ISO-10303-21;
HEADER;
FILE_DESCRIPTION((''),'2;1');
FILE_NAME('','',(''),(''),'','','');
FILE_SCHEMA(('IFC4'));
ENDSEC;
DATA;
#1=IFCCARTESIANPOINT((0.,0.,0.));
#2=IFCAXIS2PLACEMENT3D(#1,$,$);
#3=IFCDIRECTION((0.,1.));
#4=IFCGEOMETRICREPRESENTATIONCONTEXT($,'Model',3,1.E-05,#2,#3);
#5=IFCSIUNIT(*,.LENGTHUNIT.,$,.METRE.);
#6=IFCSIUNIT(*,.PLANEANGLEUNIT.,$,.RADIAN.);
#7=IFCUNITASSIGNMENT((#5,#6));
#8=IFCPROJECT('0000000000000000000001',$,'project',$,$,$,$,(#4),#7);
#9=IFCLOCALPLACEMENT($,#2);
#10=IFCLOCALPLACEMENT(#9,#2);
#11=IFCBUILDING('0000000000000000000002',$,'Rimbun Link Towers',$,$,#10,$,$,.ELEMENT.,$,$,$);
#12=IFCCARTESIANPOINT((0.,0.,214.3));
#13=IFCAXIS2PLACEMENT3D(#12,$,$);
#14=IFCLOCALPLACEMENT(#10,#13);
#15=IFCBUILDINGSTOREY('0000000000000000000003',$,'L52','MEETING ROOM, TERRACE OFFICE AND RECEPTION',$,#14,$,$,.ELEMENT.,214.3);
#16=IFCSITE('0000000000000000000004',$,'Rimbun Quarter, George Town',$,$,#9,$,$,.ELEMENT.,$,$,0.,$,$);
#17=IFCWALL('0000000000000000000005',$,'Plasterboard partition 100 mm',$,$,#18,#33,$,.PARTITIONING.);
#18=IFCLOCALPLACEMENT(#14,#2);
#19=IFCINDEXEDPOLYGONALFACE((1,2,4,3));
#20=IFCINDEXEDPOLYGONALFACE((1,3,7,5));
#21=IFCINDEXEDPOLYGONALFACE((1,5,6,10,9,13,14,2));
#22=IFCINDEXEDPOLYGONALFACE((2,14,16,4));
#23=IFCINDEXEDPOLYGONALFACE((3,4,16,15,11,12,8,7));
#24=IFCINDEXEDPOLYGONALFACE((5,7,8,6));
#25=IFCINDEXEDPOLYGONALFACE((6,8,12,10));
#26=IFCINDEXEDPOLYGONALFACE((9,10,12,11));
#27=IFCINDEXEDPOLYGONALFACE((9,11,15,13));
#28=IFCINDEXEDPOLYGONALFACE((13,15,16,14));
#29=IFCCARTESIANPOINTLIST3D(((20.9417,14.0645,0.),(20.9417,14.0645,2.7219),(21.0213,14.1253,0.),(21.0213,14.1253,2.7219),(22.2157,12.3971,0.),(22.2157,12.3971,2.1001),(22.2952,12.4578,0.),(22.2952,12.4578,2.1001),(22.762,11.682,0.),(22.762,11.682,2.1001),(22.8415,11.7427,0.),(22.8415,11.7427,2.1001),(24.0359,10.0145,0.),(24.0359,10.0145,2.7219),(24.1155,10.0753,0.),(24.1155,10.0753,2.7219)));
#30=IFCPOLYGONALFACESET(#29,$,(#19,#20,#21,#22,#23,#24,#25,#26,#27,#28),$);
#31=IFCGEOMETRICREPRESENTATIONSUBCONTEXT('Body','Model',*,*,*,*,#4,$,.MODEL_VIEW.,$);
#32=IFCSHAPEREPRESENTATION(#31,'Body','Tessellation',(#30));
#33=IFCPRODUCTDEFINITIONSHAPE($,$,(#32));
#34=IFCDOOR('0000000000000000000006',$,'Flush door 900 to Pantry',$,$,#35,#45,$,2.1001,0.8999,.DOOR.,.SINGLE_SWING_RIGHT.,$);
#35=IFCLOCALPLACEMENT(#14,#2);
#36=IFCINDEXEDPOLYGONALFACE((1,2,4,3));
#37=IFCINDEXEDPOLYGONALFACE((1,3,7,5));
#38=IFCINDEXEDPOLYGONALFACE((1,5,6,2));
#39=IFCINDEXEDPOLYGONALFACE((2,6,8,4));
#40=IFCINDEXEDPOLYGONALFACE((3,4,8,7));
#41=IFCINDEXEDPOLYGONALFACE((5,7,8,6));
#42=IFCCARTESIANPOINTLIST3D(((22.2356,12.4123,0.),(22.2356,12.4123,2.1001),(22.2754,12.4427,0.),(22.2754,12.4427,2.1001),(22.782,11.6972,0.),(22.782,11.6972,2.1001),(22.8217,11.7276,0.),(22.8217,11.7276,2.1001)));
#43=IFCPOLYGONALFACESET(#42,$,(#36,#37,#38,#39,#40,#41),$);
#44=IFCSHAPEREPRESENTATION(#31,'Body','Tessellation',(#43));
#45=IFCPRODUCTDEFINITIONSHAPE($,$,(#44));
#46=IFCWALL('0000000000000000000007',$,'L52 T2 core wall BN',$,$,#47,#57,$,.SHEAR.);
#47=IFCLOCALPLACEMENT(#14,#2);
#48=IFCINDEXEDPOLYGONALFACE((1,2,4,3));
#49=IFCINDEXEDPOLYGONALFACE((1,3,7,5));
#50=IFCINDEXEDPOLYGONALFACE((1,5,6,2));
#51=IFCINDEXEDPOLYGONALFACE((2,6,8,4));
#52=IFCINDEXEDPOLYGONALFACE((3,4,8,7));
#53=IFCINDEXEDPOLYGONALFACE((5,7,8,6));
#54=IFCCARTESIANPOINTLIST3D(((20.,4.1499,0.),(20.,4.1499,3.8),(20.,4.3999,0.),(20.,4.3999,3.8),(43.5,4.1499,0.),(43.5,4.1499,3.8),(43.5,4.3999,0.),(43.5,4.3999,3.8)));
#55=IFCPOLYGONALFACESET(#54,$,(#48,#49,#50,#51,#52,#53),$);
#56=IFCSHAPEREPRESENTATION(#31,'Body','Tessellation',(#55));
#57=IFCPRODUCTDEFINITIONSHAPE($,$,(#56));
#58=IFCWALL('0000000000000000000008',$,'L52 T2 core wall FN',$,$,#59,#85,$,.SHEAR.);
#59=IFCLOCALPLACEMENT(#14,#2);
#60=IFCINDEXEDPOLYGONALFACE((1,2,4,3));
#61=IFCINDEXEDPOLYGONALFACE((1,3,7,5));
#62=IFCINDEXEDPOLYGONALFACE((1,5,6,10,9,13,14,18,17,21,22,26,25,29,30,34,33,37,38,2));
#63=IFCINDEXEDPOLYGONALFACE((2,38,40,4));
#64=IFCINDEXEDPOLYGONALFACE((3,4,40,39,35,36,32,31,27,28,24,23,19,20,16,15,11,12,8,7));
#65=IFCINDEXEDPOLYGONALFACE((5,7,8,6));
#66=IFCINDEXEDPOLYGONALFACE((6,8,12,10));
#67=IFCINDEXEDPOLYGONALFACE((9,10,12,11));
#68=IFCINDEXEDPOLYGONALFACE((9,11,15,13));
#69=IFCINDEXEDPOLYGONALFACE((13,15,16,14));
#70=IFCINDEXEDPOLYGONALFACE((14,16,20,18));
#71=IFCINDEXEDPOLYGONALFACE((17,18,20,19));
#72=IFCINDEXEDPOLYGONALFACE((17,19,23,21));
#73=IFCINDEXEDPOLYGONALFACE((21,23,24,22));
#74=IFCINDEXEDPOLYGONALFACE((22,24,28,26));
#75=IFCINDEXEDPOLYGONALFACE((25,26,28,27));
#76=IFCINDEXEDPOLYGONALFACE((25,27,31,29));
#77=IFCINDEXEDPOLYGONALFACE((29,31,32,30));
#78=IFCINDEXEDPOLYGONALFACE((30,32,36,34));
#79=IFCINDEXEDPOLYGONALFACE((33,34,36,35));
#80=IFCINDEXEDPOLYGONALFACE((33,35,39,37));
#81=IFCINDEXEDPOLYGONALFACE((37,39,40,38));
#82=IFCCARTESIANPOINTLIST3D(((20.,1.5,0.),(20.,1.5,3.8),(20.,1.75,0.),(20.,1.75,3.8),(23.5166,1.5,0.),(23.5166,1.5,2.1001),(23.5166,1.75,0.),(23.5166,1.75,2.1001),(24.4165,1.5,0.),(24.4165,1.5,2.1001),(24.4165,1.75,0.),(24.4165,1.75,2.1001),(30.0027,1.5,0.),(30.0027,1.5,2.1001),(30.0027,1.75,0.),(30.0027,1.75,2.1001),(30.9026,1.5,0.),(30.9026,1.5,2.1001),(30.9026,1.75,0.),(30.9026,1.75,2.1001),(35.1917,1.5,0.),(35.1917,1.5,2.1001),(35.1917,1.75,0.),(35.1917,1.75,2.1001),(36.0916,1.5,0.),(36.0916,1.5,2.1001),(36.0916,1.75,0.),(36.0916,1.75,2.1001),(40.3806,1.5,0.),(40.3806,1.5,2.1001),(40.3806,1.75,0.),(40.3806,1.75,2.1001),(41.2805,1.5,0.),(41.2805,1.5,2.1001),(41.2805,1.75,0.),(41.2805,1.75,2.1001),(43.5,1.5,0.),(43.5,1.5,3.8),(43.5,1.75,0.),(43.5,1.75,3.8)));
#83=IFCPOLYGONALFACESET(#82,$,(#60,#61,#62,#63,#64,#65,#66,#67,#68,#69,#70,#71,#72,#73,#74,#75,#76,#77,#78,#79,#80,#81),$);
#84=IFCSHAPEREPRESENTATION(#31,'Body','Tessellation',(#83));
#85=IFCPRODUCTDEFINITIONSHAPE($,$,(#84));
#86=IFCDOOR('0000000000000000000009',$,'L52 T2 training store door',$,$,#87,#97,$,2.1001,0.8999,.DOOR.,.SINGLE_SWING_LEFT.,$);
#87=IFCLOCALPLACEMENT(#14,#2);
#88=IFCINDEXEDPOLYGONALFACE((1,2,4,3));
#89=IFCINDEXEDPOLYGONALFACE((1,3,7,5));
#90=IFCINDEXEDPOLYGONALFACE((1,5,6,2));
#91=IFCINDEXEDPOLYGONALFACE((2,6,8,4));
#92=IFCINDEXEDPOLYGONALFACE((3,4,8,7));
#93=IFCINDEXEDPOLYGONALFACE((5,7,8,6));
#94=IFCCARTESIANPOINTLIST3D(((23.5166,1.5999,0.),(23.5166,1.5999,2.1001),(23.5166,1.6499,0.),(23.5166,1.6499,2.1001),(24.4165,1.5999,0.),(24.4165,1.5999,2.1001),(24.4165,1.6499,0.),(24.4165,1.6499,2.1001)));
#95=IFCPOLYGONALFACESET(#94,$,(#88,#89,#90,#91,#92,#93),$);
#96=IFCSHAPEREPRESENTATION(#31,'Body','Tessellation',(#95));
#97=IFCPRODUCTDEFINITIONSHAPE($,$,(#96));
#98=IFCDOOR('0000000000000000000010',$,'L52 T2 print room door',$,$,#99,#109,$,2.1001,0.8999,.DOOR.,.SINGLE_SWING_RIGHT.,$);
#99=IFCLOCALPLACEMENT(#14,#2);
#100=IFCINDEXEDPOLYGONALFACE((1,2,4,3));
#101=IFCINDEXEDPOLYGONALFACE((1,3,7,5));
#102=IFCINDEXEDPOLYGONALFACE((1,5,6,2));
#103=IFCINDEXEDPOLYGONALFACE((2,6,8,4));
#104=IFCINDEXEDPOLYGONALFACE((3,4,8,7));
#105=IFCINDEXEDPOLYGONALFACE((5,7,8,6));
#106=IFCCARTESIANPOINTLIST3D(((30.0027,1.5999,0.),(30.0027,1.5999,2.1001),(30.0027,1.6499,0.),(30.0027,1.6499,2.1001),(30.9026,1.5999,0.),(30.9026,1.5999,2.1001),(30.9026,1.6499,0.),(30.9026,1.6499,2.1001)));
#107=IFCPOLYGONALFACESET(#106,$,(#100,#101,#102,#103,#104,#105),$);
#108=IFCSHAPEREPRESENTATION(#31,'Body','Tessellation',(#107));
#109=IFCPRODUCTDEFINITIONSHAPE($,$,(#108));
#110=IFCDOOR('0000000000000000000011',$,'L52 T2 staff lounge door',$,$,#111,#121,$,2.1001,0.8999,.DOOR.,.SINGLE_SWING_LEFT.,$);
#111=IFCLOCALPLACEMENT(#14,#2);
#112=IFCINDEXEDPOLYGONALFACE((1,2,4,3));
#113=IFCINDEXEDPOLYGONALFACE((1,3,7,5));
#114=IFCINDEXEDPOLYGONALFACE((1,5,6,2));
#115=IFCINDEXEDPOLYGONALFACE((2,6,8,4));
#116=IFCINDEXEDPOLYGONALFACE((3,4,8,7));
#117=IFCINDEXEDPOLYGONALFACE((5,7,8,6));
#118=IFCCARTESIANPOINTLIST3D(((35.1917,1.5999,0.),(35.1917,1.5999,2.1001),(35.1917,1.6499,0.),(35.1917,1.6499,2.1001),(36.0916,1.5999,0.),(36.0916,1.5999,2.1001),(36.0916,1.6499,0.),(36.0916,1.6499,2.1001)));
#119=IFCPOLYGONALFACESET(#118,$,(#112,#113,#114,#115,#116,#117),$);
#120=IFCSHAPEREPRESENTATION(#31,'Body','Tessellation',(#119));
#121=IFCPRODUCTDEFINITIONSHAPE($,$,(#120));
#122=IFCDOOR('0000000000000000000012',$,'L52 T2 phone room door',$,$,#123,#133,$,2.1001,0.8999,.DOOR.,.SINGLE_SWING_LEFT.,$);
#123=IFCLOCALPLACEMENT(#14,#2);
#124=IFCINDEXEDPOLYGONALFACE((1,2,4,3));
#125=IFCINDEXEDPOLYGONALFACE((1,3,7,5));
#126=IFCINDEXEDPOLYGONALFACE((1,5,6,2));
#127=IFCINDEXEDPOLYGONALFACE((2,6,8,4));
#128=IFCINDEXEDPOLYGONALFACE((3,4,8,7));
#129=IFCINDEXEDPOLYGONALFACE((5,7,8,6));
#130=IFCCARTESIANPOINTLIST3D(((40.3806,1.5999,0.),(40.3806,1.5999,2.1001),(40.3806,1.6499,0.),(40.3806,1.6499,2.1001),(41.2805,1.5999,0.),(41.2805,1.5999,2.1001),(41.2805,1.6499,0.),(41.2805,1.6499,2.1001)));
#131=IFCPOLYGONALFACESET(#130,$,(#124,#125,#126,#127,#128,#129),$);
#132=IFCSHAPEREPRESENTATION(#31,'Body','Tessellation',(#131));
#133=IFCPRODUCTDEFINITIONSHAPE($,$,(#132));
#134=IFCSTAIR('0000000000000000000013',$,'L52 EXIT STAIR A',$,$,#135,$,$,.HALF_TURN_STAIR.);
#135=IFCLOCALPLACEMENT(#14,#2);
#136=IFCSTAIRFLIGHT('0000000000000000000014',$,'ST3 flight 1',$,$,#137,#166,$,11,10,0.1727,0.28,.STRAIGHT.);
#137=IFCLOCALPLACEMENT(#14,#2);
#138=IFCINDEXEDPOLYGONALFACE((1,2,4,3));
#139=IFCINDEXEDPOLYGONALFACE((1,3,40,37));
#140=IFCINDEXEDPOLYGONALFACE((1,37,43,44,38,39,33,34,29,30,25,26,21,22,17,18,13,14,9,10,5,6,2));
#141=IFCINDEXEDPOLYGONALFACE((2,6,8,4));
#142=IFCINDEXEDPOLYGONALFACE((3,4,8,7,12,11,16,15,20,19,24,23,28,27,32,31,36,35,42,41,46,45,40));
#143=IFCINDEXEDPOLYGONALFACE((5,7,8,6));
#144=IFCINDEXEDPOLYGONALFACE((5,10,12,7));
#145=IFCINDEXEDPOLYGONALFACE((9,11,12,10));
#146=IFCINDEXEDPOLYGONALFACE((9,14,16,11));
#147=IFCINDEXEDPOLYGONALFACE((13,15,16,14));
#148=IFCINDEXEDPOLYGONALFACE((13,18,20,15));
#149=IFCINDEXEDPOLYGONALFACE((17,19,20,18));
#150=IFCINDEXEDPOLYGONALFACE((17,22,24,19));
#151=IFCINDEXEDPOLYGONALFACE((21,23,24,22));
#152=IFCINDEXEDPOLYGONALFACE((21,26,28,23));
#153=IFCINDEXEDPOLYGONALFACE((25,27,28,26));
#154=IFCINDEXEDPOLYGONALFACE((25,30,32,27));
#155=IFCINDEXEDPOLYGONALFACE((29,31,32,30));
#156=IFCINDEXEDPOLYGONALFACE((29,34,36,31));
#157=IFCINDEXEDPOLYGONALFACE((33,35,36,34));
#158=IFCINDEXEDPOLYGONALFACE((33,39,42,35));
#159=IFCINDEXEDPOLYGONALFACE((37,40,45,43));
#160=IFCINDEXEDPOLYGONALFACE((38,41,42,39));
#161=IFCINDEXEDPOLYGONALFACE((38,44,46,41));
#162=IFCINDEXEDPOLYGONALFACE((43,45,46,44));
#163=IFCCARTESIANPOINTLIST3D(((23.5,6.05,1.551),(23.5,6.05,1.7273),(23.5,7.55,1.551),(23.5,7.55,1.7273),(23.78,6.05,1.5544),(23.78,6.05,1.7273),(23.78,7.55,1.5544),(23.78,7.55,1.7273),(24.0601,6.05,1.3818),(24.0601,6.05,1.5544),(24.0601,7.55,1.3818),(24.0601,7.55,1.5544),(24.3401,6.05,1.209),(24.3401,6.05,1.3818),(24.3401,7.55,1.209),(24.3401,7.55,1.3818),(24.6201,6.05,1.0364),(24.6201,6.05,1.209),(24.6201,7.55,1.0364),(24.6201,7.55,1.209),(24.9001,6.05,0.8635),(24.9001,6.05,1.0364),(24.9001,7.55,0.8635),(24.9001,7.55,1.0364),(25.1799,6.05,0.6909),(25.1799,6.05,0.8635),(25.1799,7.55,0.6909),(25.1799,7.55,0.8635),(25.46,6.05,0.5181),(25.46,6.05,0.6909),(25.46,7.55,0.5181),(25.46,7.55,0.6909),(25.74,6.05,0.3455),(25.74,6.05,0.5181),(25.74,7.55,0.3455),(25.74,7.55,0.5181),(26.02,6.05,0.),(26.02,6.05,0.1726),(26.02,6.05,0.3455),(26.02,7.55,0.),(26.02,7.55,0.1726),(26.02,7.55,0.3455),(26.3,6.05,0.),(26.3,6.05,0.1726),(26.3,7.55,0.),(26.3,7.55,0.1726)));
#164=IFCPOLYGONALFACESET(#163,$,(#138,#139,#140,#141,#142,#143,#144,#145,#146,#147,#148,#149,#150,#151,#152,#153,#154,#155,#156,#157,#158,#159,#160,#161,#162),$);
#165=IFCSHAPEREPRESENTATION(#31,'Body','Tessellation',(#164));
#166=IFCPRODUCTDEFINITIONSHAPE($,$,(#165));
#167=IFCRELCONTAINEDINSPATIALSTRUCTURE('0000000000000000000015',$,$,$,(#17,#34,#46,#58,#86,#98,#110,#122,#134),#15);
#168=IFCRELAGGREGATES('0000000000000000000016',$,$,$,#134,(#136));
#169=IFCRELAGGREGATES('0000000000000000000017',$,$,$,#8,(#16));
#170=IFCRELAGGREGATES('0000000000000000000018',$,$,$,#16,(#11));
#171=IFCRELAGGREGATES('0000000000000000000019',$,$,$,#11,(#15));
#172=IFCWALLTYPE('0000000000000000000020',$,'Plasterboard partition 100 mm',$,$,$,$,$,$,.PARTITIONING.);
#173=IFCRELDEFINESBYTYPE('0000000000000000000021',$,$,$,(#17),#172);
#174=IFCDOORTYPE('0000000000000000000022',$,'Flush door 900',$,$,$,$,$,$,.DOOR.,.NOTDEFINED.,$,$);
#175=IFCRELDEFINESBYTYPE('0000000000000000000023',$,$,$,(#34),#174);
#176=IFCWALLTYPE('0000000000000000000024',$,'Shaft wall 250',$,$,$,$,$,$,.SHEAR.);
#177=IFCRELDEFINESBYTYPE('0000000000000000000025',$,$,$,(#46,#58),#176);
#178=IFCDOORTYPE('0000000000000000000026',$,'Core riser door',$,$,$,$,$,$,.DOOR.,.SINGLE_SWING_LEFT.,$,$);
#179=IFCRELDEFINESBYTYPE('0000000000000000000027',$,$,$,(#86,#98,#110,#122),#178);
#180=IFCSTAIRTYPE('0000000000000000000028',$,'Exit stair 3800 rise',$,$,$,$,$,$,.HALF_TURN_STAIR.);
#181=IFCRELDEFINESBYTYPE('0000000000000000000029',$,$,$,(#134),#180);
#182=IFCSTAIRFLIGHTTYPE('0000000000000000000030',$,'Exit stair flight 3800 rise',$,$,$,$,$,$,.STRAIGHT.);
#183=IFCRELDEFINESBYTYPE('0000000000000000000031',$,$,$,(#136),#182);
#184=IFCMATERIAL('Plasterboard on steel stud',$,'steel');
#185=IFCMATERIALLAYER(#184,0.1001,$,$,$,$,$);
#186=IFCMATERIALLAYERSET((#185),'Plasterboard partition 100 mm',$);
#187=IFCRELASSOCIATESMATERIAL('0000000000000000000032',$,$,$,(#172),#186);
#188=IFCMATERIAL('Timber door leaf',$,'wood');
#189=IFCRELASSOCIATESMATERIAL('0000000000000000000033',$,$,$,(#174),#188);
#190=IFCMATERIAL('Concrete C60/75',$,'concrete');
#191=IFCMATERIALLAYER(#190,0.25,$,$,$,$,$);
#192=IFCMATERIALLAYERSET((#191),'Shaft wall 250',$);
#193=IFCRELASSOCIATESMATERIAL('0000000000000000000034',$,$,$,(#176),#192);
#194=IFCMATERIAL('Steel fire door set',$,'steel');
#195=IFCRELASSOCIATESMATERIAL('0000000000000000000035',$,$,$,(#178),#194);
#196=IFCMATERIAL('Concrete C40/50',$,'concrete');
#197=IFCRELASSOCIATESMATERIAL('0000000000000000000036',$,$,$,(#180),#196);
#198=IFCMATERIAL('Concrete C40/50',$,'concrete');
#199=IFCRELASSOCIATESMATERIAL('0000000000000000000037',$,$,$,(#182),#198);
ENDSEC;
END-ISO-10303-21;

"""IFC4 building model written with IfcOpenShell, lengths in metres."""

from ifc_helpers import new_model, si_unit, direction, frame, frame_2d, origin, place, context, subcontext, project, spatial, polyline, rectangle, outline, extrude, material, layer, layer_set, type_object, element, fill, aggregate, save


model = new_model("IFC4")

# Units and contexts
model_context = context("Model", 3, precision=1e-05, world=origin(), true_north=direction((0.0, 1.0)))
body_context = subcontext(model_context, "Body", "Model", "MODEL_VIEW")
ifc_project = project(units=[si_unit("LENGTHUNIT", "METRE"), si_unit("PLANEANGLEUNIT", "RADIAN")], contexts=[model_context])

# Site, building, storey
site_placement = place(None, origin())
site = spatial("IfcSite", under=ifc_project, at=site_placement, Name="Rimbun Quarter, George Town", CompositionType="ELEMENT", RefElevation=0.0)
building_placement = place(site_placement, origin())
building = spatial("IfcBuilding", under=site, at=building_placement, Name="Rimbun Link Towers", CompositionType="ELEMENT")
storey_placement = place(building_placement, frame((0.0, 0.0, 214.3)))
storey = spatial("IfcBuildingStorey", under=building, at=storey_placement, Name="L52", Description="MEETING ROOM, TERRACE OFFICE AND RECEPTION", CompositionType="ELEMENT", Elevation=214.3)

# Wall, opening, door
ifc_material_1 = material(Name="Plasterboard on steel stud", Category="steel")
ifc_layer_1 = layer(ifc_material_1, 0.1001)
ifc_layer_set_1 = layer_set([ifc_layer_1], Name="Plasterboard partition 100 mm")
wall_type_1 = type_object("IfcWallType", Name="Plasterboard partition 100 mm", PredefinedType="PARTITIONING", material=ifc_layer_set_1)
wall_1_placement = place(storey_placement, frame((24.0757, 10.0449, 0.0), z_axis=(0.0, 0.0, 1.0), x_axis=(-0.607096, 0.794628, 0.0)))
wall_1 = element("IfcWall", 1, at=wall_1_placement, inside=storey, type_object=wall_type_1, Name="Plasterboard partition 100 mm", PredefinedType="PARTITIONING", context=body_context, shape_type="SweptSolid", body=[
    extrude(rectangle(XDim=5.0967, YDim=0.1001, at=frame_2d((2.5483, 0.0))), origin(), (0.0, 0.0, 1.0), 2.7219),
])
opening_1_placement = place(wall_1_placement, frame((2.0984, 0.0, 0.0)))
opening_1 = element("IfcOpeningElement", 2, at=opening_1_placement, cuts=wall_1, PredefinedType="OPENING", context=body_context, shape_type="SweptSolid", body=[
    extrude(rectangle(XDim=0.8999, YDim=2.1001, at=frame_2d((0.45, 1.05))), frame((0.0, 0.0601, 0.0), z_axis=(0.0, -1.0, 0.0), x_axis=(1.0, 0.0, 0.0)), (0.0, 0.0, 1.0), 0.1201),
])
ifc_material_2 = material(Name="Timber door leaf", Category="wood")
door_type_1 = type_object("IfcDoorType", Name="Flush door 900", OperationType="NOTDEFINED", PredefinedType="DOOR", material=ifc_material_2)
door_1_placement = place(opening_1_placement, origin())
door_1 = element("IfcDoor", 3, at=door_1_placement, inside=storey, type_object=door_type_1, Name="Flush door 900 to Pantry", OperationType="SINGLE_SWING_RIGHT", OverallHeight=2.1001, OverallWidth=0.8999, PredefinedType="DOOR", context=body_context, shape_type="SweptSolid", body=[
    extrude(rectangle(XDim=0.8999, YDim=2.1001, at=frame_2d((0.45, 1.05))), frame((0.0, 0.0249, 0.0), z_axis=(0.0, -1.0, 0.0), x_axis=(1.0, 0.0, 0.0)), (0.0, 0.0, 1.0), 0.05),
])
fill(opening_1, door_1)

# Wall
ifc_material_3 = material(Name="Concrete C60/75", Category="concrete")
ifc_layer_2 = layer(ifc_material_3, 0.25)
ifc_layer_set_2 = layer_set([ifc_layer_2], Name="Shaft wall 250")
wall_type_2 = type_object("IfcWallType", Name="Shaft wall 250", PredefinedType="SHEAR", material=ifc_layer_set_2)
wall_2_placement = place(storey_placement, frame((20.0, 4.2749, 0.0), z_axis=(0.0, 0.0, 1.0), x_axis=(1.0, 0.0, 0.0)))
element("IfcWall", 4, at=wall_2_placement, inside=storey, type_object=wall_type_2, Name="L52 T2 core wall BN", PredefinedType="SHEAR", context=body_context, shape_type="SweptSolid", body=[
    extrude(rectangle(XDim=23.5, YDim=0.25, at=frame_2d((11.75, 0.0))), origin(), (0.0, 0.0, 1.0), 3.8),
])

# Wall, openings, doors
wall_3_placement = place(storey_placement, frame((20.0, 1.625, 0.0), z_axis=(0.0, 0.0, 1.0), x_axis=(1.0, 0.0, 0.0)))
wall_3 = element("IfcWall", 5, at=wall_3_placement, inside=storey, type_object=wall_type_2, Name="L52 T2 core wall FN", PredefinedType="SHEAR", context=body_context, shape_type="SweptSolid", body=[
    extrude(rectangle(XDim=23.5, YDim=0.25, at=frame_2d((11.75, 0.0))), origin(), (0.0, 0.0, 1.0), 3.8),
])
opening_2_placement = place(wall_3_placement, frame((3.5166, 0.0, 0.0)))
opening_2 = element("IfcOpeningElement", 6, at=opening_2_placement, cuts=wall_3, PredefinedType="OPENING", context=body_context, shape_type="SweptSolid", body=[
    extrude(rectangle(XDim=0.8999, YDim=2.1001, at=frame_2d((0.45, 1.05))), frame((0.0, 0.135, 0.0), z_axis=(0.0, -1.0, 0.0), x_axis=(1.0, 0.0, 0.0)), (0.0, 0.0, 1.0), 0.27),
])
opening_3_placement = place(wall_3_placement, frame((10.0027, 0.0, 0.0)))
opening_3 = element("IfcOpeningElement", 7, at=opening_3_placement, cuts=wall_3, PredefinedType="OPENING", context=body_context, shape_type="SweptSolid", body=[
    extrude(rectangle(XDim=0.8999, YDim=2.1001, at=frame_2d((0.45, 1.05))), frame((0.0, 0.135, 0.0), z_axis=(0.0, -1.0, 0.0), x_axis=(1.0, 0.0, 0.0)), (0.0, 0.0, 1.0), 0.27),
])
opening_4_placement = place(wall_3_placement, frame((15.1917, 0.0, 0.0)))
opening_4 = element("IfcOpeningElement", 8, at=opening_4_placement, cuts=wall_3, PredefinedType="OPENING", context=body_context, shape_type="SweptSolid", body=[
    extrude(rectangle(XDim=0.8999, YDim=2.1001, at=frame_2d((0.45, 1.05))), frame((0.0, 0.135, 0.0), z_axis=(0.0, -1.0, 0.0), x_axis=(1.0, 0.0, 0.0)), (0.0, 0.0, 1.0), 0.27),
])
opening_5_placement = place(wall_3_placement, frame((20.3806, 0.0, 0.0)))
opening_5 = element("IfcOpeningElement", 9, at=opening_5_placement, cuts=wall_3, PredefinedType="OPENING", context=body_context, shape_type="SweptSolid", body=[
    extrude(rectangle(XDim=0.8999, YDim=2.1001, at=frame_2d((0.45, 1.05))), frame((0.0, 0.135, 0.0), z_axis=(0.0, -1.0, 0.0), x_axis=(1.0, 0.0, 0.0)), (0.0, 0.0, 1.0), 0.27),
])
ifc_material_4 = material(Name="Steel fire door set", Category="steel")
door_type_2 = type_object("IfcDoorType", Name="Core riser door", OperationType="SINGLE_SWING_LEFT", PredefinedType="DOOR", material=ifc_material_4)
door_2_placement = place(opening_2_placement, origin())
door_2 = element("IfcDoor", 10, at=door_2_placement, inside=storey, type_object=door_type_2, Name="L52 T2 training store door", OperationType="SINGLE_SWING_LEFT", OverallHeight=2.1001, OverallWidth=0.8999, PredefinedType="DOOR", context=body_context, shape_type="SweptSolid", body=[
    extrude(rectangle(XDim=0.8999, YDim=2.1001, at=frame_2d((0.45, 1.05))), frame((0.0, 0.0249, 0.0), z_axis=(0.0, -1.0, 0.0), x_axis=(1.0, 0.0, 0.0)), (0.0, 0.0, 1.0), 0.05),
])
fill(opening_2, door_2)
door_3_placement = place(opening_3_placement, origin())
door_3 = element("IfcDoor", 11, at=door_3_placement, inside=storey, type_object=door_type_2, Name="L52 T2 print room door", OperationType="SINGLE_SWING_RIGHT", OverallHeight=2.1001, OverallWidth=0.8999, PredefinedType="DOOR", context=body_context, shape_type="SweptSolid", body=[
    extrude(rectangle(XDim=0.8999, YDim=2.1001, at=frame_2d((0.45, 1.05))), frame((0.0, 0.0249, 0.0), z_axis=(0.0, -1.0, 0.0), x_axis=(1.0, 0.0, 0.0)), (0.0, 0.0, 1.0), 0.05),
])
fill(opening_3, door_3)
door_4_placement = place(opening_4_placement, origin())
door_4 = element("IfcDoor", 12, at=door_4_placement, inside=storey, type_object=door_type_2, Name="L52 T2 staff lounge door", OperationType="SINGLE_SWING_LEFT", OverallHeight=2.1001, OverallWidth=0.8999, PredefinedType="DOOR", context=body_context, shape_type="SweptSolid", body=[
    extrude(rectangle(XDim=0.8999, YDim=2.1001, at=frame_2d((0.45, 1.05))), frame((0.0, 0.0249, 0.0), z_axis=(0.0, -1.0, 0.0), x_axis=(1.0, 0.0, 0.0)), (0.0, 0.0, 1.0), 0.05),
])
fill(opening_4, door_4)
door_5_placement = place(opening_5_placement, origin())
door_5 = element("IfcDoor", 13, at=door_5_placement, inside=storey, type_object=door_type_2, Name="L52 T2 phone room door", OperationType="SINGLE_SWING_LEFT", OverallHeight=2.1001, OverallWidth=0.8999, PredefinedType="DOOR", context=body_context, shape_type="SweptSolid", body=[
    extrude(rectangle(XDim=0.8999, YDim=2.1001, at=frame_2d((0.45, 1.05))), frame((0.0, 0.0249, 0.0), z_axis=(0.0, -1.0, 0.0), x_axis=(1.0, 0.0, 0.0)), (0.0, 0.0, 1.0), 0.05),
])
fill(opening_5, door_5)

# Stair, stair flight
ifc_material_5 = material(Name="Concrete C40/50", Category="concrete")
stair_type = type_object("IfcStairType", Name="Exit stair 3800 rise", PredefinedType="HALF_TURN_STAIR", material=ifc_material_5)
stair_placement = place(storey_placement, origin())
stair = element("IfcStair", 14, at=stair_placement, inside=storey, type_object=stair_type, Name="L52 EXIT STAIR A", PredefinedType="HALF_TURN_STAIR")
ifc_material_6 = material(Name="Concrete C40/50", Category="concrete")
stair_flight_type = type_object("IfcStairFlightType", Name="Exit stair flight 3800 rise", PredefinedType="STRAIGHT", material=ifc_material_6)
stair_flight_1_placement = place(storey_placement, frame((26.3, 6.8, 0.0), z_axis=(0.0, 0.0, 1.0), x_axis=(-1.0, 0.0, 0.0)))
stair_flight_1 = element("IfcStairFlight", 15, at=stair_flight_1_placement, type_object=stair_flight_type, Name="ST3 flight 1", NumberOfRisers=11, NumberOfTreads=10, PredefinedType="STRAIGHT", RiserHeight=0.1727, TreadLength=0.28, context=body_context, shape_type="SweptSolid", body=[
    extrude(outline(polyline([(0.0, 0.0), (0.0, 0.1726), (0.28, 0.1726), (0.28, 0.3455), (0.5601, 0.3455), (0.5601, 0.5181), (0.8401, 0.5181), (0.8401, 0.6909), (1.1201, 0.6909), (1.1201, 0.8635), (1.3999, 0.8635), (1.3999, 1.0364), (1.6799, 1.0364), (1.6799, 1.209), (1.96, 1.209), (1.96, 1.3818), (2.24, 1.3818), (2.24, 1.5544), (2.52, 1.5544), (2.52, 1.7273), (2.8, 1.7273), (2.8, 1.8999), (2.8, 1.551), (0.28, 0.0), (0.0, 0.0)])), frame((0.0, 0.75, 0.0), z_axis=(0.0, -1.0, 0.0), x_axis=(1.0, 0.0, 0.0)), (0.0, 0.0, 1.0), 1.5),
])
aggregate(stair, [stair_flight_1])

save(model, "model.ifc")
